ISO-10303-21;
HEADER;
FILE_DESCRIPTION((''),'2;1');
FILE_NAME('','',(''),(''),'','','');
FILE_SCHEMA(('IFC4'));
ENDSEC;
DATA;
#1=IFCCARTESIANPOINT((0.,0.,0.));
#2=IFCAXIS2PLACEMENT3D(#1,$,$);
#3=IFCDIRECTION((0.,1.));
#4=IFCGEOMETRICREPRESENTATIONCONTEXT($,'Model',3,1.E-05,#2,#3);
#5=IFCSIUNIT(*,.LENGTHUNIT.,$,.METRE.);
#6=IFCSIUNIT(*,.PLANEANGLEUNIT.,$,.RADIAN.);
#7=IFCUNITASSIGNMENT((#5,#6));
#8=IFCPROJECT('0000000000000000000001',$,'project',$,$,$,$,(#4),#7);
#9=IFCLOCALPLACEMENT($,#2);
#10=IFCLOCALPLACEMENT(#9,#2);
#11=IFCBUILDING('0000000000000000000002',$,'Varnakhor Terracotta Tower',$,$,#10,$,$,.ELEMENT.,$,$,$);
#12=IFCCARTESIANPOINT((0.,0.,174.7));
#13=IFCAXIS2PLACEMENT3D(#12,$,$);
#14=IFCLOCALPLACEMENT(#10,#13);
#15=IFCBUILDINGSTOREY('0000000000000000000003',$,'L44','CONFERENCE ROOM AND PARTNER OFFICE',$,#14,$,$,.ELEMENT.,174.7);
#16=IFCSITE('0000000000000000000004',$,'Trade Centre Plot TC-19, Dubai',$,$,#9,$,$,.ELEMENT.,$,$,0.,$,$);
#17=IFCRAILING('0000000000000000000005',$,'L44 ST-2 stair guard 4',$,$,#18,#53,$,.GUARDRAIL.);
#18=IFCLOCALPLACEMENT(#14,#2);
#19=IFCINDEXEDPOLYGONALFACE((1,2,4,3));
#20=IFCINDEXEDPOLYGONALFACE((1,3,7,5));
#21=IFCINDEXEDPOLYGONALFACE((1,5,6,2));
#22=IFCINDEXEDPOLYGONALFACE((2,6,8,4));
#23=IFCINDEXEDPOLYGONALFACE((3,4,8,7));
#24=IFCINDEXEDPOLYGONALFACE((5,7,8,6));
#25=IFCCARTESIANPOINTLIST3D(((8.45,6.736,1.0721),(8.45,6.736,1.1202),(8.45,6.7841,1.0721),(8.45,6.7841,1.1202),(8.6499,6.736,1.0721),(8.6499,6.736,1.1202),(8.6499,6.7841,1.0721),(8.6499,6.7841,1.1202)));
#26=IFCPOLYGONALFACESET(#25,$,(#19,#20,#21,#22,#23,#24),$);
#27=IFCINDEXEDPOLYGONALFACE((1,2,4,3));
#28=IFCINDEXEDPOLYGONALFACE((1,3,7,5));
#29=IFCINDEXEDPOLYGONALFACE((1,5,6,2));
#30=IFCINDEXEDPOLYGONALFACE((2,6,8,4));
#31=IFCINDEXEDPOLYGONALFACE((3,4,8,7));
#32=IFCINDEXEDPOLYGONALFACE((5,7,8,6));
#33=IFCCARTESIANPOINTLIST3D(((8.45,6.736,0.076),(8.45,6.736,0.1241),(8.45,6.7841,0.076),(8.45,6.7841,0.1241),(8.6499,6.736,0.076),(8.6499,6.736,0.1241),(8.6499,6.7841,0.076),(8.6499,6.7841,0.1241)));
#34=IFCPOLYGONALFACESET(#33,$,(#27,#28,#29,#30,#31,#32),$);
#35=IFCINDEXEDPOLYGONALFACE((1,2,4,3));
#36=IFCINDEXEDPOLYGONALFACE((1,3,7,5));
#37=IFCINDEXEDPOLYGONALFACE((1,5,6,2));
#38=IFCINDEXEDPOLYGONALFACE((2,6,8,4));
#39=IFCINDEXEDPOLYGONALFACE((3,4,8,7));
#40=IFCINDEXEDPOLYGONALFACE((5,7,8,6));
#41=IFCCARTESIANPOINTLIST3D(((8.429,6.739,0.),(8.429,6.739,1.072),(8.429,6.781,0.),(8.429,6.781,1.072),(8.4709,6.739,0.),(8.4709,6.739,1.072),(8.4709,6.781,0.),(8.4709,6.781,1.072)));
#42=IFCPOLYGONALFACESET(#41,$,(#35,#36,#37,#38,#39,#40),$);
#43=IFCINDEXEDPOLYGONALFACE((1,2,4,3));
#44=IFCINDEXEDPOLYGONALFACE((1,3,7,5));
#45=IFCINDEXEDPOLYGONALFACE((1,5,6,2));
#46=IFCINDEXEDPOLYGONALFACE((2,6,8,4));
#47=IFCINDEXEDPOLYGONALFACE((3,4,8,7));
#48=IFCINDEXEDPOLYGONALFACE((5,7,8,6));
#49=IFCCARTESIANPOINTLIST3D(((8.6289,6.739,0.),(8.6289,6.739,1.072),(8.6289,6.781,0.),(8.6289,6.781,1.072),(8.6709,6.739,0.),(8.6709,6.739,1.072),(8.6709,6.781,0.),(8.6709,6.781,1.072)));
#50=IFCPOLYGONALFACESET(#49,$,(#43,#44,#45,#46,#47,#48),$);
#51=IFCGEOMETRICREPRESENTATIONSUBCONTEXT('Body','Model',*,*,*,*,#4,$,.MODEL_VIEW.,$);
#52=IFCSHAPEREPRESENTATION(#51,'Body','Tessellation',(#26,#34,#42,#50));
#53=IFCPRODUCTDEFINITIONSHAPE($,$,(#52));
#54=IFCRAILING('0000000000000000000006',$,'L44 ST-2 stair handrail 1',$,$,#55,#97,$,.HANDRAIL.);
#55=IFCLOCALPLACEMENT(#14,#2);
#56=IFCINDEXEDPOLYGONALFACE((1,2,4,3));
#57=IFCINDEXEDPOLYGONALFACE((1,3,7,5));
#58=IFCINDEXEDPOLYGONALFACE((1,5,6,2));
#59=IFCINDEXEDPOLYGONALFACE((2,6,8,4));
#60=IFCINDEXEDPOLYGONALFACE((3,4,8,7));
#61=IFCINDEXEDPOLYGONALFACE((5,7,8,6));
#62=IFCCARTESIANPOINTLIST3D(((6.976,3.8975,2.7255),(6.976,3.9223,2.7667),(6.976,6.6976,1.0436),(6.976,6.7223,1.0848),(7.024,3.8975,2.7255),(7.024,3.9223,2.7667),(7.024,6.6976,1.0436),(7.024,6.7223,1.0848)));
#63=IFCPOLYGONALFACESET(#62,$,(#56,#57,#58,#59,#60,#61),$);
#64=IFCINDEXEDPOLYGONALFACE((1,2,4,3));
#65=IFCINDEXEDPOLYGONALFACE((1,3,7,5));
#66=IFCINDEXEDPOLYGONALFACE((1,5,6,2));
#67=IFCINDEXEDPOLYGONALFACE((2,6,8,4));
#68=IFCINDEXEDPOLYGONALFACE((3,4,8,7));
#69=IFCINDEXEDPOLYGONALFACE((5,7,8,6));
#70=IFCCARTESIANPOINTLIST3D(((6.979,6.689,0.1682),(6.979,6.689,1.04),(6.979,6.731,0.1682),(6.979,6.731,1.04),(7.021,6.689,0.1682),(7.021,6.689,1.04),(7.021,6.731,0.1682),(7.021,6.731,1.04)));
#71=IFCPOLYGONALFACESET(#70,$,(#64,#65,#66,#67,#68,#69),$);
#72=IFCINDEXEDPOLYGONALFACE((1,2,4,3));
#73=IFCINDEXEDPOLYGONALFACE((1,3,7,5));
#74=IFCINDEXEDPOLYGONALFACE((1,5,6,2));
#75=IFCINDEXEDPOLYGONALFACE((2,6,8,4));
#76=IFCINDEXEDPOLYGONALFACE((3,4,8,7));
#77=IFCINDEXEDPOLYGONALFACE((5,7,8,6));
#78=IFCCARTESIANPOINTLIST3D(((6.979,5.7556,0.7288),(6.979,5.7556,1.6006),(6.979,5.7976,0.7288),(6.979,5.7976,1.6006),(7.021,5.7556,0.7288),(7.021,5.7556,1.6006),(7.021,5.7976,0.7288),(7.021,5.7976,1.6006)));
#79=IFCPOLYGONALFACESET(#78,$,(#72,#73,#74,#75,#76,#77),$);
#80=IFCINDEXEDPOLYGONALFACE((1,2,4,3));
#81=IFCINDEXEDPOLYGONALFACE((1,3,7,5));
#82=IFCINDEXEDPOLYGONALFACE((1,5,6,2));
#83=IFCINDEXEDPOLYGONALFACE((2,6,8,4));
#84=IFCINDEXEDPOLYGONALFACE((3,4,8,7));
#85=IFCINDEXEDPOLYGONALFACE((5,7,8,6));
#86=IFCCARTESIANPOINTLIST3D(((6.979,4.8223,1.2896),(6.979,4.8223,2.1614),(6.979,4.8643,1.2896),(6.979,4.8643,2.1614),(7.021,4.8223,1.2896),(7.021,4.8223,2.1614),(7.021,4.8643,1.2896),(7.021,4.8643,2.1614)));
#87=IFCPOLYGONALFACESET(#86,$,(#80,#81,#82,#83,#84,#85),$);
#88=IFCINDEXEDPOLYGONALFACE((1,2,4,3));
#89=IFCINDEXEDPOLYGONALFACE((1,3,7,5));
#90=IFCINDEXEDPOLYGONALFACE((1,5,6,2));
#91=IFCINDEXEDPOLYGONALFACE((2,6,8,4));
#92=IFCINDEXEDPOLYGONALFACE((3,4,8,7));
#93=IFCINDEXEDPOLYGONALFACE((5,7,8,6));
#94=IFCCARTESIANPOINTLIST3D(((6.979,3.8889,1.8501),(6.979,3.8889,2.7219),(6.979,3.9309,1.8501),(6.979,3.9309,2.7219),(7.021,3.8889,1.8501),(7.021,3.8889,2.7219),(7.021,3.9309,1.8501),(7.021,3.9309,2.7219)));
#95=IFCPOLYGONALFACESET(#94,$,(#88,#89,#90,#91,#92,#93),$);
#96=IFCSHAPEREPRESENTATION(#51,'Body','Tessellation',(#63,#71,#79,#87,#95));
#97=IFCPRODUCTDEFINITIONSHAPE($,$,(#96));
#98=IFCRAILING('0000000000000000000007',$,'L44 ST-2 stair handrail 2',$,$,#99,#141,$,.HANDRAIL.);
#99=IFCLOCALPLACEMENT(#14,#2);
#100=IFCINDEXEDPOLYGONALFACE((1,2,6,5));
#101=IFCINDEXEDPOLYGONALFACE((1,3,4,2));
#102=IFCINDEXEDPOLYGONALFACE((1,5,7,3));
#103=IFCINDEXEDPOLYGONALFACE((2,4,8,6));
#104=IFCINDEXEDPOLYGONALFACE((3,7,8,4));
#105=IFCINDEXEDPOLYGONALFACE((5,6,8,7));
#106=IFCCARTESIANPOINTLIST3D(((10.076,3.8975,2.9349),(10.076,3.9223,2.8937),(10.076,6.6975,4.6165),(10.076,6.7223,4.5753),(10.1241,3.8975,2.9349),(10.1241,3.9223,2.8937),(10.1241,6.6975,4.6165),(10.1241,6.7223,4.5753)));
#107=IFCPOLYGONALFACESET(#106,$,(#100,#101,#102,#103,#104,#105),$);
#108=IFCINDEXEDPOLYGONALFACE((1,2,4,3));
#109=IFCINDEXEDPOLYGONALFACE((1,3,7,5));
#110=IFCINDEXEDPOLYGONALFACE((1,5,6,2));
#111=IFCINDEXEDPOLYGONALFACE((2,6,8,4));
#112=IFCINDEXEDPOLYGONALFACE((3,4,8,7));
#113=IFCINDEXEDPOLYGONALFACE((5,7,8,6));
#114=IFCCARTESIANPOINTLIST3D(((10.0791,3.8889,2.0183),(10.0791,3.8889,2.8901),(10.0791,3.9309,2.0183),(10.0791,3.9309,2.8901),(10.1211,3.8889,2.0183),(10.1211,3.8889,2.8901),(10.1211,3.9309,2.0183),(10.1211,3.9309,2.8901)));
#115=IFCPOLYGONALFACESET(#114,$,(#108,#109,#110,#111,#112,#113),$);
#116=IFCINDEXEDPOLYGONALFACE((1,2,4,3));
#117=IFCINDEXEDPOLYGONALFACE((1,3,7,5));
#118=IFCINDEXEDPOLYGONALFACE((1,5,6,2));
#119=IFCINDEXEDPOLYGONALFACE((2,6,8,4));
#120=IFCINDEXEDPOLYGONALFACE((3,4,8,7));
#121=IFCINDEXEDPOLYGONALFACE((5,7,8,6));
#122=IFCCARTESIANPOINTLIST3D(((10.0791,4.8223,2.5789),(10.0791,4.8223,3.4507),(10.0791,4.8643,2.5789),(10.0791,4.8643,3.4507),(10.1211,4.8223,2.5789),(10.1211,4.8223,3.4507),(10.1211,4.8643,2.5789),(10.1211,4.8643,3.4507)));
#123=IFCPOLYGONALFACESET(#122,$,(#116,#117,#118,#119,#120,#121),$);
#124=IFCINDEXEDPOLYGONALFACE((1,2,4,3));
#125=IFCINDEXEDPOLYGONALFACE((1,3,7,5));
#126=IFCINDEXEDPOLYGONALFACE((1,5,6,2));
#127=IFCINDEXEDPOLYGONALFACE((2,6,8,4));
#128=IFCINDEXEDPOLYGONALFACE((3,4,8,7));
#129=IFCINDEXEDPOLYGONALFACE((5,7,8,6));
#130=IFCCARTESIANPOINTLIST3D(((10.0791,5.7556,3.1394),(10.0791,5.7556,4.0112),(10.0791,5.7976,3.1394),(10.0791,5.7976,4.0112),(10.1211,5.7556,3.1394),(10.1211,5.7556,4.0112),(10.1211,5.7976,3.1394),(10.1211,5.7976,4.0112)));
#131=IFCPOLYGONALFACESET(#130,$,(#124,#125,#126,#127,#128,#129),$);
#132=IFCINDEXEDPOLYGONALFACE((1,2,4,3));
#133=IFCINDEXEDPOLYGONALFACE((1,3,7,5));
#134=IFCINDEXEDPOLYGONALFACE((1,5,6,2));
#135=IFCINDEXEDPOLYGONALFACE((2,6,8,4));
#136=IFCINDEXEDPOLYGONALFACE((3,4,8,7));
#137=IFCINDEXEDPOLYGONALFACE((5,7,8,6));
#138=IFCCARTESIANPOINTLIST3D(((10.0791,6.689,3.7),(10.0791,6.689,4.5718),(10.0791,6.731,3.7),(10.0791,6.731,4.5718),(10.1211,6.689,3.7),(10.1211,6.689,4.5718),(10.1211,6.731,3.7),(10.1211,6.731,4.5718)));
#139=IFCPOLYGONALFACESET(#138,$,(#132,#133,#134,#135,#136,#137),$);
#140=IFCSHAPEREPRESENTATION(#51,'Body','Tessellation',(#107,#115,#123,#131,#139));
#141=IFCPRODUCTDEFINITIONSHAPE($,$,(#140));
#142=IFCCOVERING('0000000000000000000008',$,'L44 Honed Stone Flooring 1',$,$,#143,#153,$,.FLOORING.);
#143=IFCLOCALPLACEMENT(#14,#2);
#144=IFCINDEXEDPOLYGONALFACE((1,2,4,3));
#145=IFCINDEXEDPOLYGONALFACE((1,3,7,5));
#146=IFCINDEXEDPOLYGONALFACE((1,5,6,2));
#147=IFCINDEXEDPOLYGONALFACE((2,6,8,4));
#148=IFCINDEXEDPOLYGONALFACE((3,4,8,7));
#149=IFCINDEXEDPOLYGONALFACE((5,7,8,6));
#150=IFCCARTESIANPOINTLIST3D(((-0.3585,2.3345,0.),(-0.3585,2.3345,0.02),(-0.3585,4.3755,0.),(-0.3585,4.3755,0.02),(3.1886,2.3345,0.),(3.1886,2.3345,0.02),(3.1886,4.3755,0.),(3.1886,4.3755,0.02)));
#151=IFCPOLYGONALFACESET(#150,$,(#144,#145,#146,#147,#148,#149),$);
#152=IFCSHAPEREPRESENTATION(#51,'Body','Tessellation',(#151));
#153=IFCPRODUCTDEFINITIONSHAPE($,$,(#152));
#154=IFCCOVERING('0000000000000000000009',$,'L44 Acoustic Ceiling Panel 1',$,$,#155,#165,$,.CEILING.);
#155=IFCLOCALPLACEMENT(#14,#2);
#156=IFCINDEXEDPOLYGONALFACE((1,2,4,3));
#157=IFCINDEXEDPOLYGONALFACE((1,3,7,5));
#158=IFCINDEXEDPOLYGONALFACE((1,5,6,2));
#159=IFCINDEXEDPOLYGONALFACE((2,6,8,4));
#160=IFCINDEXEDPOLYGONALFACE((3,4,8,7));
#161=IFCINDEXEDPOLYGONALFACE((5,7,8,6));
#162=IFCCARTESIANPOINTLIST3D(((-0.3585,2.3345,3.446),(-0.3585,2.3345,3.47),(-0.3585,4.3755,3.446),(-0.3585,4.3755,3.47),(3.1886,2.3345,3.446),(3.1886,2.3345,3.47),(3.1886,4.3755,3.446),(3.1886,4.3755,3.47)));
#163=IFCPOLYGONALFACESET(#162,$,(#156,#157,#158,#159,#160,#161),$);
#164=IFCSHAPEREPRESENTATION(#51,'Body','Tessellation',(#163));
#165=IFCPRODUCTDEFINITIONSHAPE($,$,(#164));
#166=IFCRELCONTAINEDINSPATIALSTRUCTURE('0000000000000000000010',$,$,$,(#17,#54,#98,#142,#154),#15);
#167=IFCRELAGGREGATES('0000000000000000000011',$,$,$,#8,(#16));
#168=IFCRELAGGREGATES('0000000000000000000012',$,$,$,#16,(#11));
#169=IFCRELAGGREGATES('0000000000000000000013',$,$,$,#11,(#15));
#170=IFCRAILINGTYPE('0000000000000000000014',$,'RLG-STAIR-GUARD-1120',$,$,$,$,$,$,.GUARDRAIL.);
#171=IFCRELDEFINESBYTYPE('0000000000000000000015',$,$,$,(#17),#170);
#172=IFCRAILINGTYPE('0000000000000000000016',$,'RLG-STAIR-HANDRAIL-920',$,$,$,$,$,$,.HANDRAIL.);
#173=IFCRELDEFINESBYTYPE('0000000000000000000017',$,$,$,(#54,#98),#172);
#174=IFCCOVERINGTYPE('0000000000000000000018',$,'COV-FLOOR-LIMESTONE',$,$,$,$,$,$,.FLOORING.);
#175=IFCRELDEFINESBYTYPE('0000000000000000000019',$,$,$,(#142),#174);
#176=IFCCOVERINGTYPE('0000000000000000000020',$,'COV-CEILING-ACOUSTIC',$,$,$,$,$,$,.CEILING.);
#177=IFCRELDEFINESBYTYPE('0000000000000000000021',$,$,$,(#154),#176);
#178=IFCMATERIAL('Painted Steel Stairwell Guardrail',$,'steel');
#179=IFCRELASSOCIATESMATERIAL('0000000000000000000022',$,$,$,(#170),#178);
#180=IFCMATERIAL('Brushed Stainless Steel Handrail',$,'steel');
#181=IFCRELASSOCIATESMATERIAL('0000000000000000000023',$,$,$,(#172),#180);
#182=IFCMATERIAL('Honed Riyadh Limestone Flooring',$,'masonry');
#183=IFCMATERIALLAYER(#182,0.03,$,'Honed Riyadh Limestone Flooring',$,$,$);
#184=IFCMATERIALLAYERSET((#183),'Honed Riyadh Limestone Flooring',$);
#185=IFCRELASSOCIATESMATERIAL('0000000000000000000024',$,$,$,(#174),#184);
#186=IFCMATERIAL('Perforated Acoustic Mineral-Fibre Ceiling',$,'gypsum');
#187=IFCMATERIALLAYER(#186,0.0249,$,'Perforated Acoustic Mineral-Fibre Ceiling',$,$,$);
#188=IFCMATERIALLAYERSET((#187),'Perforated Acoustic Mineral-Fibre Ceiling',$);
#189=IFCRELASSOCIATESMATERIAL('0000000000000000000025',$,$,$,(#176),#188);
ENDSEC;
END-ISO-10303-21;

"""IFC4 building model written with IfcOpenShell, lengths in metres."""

from ifc_helpers import new_model, si_unit, direction, frame, origin, origin_2d, place, context, subcontext, project, spatial, rectangle, extrude, source, transform, mapped, material, layer, layer_set, type_object, element, save


model = new_model("IFC4")

# Units and contexts
model_context = context("Model", 3, precision=1e-05, world=origin(), true_north=direction((0.0, 1.0)))
body_context = subcontext(model_context, "Body", "Model", "MODEL_VIEW")
ifc_project = project(units=[si_unit("LENGTHUNIT", "METRE"), si_unit("PLANEANGLEUNIT", "RADIAN")], contexts=[model_context])

# Site, building, storey
site_placement = place(None, origin())
site = spatial("IfcSite", under=ifc_project, at=site_placement, Name="Trade Centre Plot TC-19, Dubai", CompositionType="ELEMENT", RefElevation=0.0)
building_placement = place(site_placement, origin())
building = spatial("IfcBuilding", under=site, at=building_placement, Name="Varnakhor Terracotta Tower", CompositionType="ELEMENT")
storey_placement = place(building_placement, frame((0.0, 0.0, 174.7)))
storey = spatial("IfcBuildingStorey", under=building, at=storey_placement, Name="L44", Description="CONFERENCE ROOM AND PARTNER OFFICE", CompositionType="ELEMENT", Elevation=174.7)

# Railings
ifc_material_1 = material(Name="Painted Steel Stairwell Guardrail", Category="steel")
railing_type_1 = type_object("IfcRailingType", Name="RLG-STAIR-GUARD-1120", PredefinedType="GUARDRAIL", material=ifc_material_1)
railing_1_placement = place(storey_placement, frame((8.45, 6.76, 0.0)))
element("IfcRailing", 1, at=railing_1_placement, inside=storey, type_object=railing_type_1, Name="L44 ST-2 stair guard 4", PredefinedType="GUARDRAIL", context=body_context, shape_type="SweptSolid", body=[
    extrude(rectangle(XDim=0.0481, YDim=0.0481, at=origin_2d()), frame((0.0, 0.0, 1.0962), z_axis=(1.0, 0.0, 0.0), x_axis=(0.0, 1.0, 0.0)), (0.0, 0.0, 1.0), 0.2),
    extrude(rectangle(XDim=0.0481, YDim=0.0481, at=origin_2d()), frame((0.0, 0.0, 0.1001), z_axis=(1.0, 0.0, 0.0), x_axis=(0.0, 1.0, 0.0)), (0.0, 0.0, 1.0), 0.2),
    extrude(rectangle(XDim=0.042, YDim=0.042, at=origin_2d()), origin(), (0.0, 0.0, 1.0), 1.072),
    extrude(rectangle(XDim=0.042, YDim=0.042, at=origin_2d()), frame((0.2, 0.0, 0.0)), (0.0, 0.0, 1.0), 1.072),
])
ifc_material_2 = material(Name="Brushed Stainless Steel Handrail", Category="steel")
railing_type_2 = type_object("IfcRailingType", Name="RLG-STAIR-HANDRAIL-920", PredefinedType="HANDRAIL", material=ifc_material_2)
railing_2_placement = place(storey_placement, frame((7.0, 6.71, 0.1682)))
element("IfcRailing", 2, at=railing_2_placement, inside=storey, type_object=railing_type_2, Name="L44 ST-2 stair handrail 1", PredefinedType="HANDRAIL", context=body_context, shape_type="SweptSolid", body=[
    extrude(rectangle(XDim=0.0481, YDim=0.0481, at=origin_2d()), frame((0.0, 0.0, 0.896), z_axis=(0.0, -0.857242, 0.514913), x_axis=(1.0, 0.0, 0.0)), (0.0, 0.0, 1.0), 3.2664),
    extrude(rectangle(XDim=0.042, YDim=0.042, at=origin_2d()), origin(), (0.0, 0.0, 1.0), 0.8718),
    extrude(rectangle(XDim=0.042, YDim=0.042, at=origin_2d()), frame((0.0, -0.9333, 0.5605)), (0.0, 0.0, 1.0), 0.8718),
    extrude(rectangle(XDim=0.042, YDim=0.042, at=origin_2d()), frame((0.0, -1.8667, 1.1213)), (0.0, 0.0, 1.0), 0.8718),
    extrude(rectangle(XDim=0.042, YDim=0.042, at=origin_2d()), frame((0.0, -2.8, 1.6819)), (0.0, 0.0, 1.0), 0.8718),
])
railing_3_placement = place(storey_placement, frame((10.1001, 3.9099, 2.0183)))
element("IfcRailing", 3, at=railing_3_placement, inside=storey, type_object=railing_type_2, Name="L44 ST-2 stair handrail 2", PredefinedType="HANDRAIL", context=body_context, shape_type="SweptSolid", body=[
    extrude(rectangle(XDim=0.0481, YDim=0.0481, at=origin_2d()), frame((0.0, 0.0, 0.896), z_axis=(0.0, 0.857275, 0.514858), x_axis=(-1.0, 0.0, 0.0)), (0.0, 0.0, 1.0), 3.2661),
    extrude(rectangle(XDim=0.042, YDim=0.042, at=origin_2d()), origin(), (0.0, 0.0, 1.0), 0.8718),
    extrude(rectangle(XDim=0.042, YDim=0.042, at=origin_2d()), frame((0.0, 0.9333, 0.5605)), (0.0, 0.0, 1.0), 0.8718),
    extrude(rectangle(XDim=0.042, YDim=0.042, at=origin_2d()), frame((0.0, 1.8667, 1.1211)), (0.0, 0.0, 1.0), 0.8718),
    extrude(rectangle(XDim=0.042, YDim=0.042, at=origin_2d()), frame((0.0, 2.8, 1.6816)), (0.0, 0.0, 1.0), 0.8718),
])

# Coverings
ifc_material_3 = material(Name="Honed Riyadh Limestone Flooring", Category="masonry")
ifc_layer_1 = layer(ifc_material_3, 0.03, Name="Honed Riyadh Limestone Flooring")
ifc_layer_set_1 = layer_set([ifc_layer_1], Name="Honed Riyadh Limestone Flooring")
covering_type_1 = type_object("IfcCoveringType", Name="COV-FLOOR-LIMESTONE", PredefinedType="FLOORING", material=ifc_layer_set_1)
shared_shape_1 = source(origin(), body_context, "Body", "SweptSolid", [
    extrude(rectangle(XDim=3.5471, YDim=2.041, at=origin_2d()), origin(), (0.0, 0.0, 1.0), 0.02),
])
covering_1_placement = place(storey_placement, frame((1.415, 3.355, 0.0), z_axis=(0.0, 0.0, 1.0), x_axis=(1.0, 0.0, 0.0)))
element("IfcCovering", 4, at=covering_1_placement, inside=storey, type_object=covering_type_1, Name="L44 Honed Stone Flooring 1", PredefinedType="FLOORING", context=body_context, shape_type="MappedRepresentation", body=[
    mapped(shared_shape_1, transform((0.0, 0.0, 0.0), scale=1.0)),
])
ifc_material_4 = material(Name="Perforated Acoustic Mineral-Fibre Ceiling", Category="gypsum")
ifc_layer_2 = layer(ifc_material_4, 0.0249, Name="Perforated Acoustic Mineral-Fibre Ceiling")
ifc_layer_set_2 = layer_set([ifc_layer_2], Name="Perforated Acoustic Mineral-Fibre Ceiling")
covering_type_2 = type_object("IfcCoveringType", Name="COV-CEILING-ACOUSTIC", PredefinedType="CEILING", material=ifc_layer_set_2)
shared_shape_2 = source(origin(), body_context, "Body", "SweptSolid", [
    extrude(rectangle(XDim=3.5471, YDim=2.041, at=origin_2d()), origin(), (0.0, 0.0, 1.0), 0.0239),
])
covering_2_placement = place(storey_placement, frame((1.415, 3.355, 3.446), z_axis=(0.0, 0.0, 1.0), x_axis=(1.0, 0.0, 0.0)))
element("IfcCovering", 5, at=covering_2_placement, inside=storey, type_object=covering_type_2, Name="L44 Acoustic Ceiling Panel 1", PredefinedType="CEILING", context=body_context, shape_type="MappedRepresentation", body=[
    mapped(shared_shape_2, transform((0.0, 0.0, 0.0), scale=1.0)),
])

save(model, "model.ifc")
